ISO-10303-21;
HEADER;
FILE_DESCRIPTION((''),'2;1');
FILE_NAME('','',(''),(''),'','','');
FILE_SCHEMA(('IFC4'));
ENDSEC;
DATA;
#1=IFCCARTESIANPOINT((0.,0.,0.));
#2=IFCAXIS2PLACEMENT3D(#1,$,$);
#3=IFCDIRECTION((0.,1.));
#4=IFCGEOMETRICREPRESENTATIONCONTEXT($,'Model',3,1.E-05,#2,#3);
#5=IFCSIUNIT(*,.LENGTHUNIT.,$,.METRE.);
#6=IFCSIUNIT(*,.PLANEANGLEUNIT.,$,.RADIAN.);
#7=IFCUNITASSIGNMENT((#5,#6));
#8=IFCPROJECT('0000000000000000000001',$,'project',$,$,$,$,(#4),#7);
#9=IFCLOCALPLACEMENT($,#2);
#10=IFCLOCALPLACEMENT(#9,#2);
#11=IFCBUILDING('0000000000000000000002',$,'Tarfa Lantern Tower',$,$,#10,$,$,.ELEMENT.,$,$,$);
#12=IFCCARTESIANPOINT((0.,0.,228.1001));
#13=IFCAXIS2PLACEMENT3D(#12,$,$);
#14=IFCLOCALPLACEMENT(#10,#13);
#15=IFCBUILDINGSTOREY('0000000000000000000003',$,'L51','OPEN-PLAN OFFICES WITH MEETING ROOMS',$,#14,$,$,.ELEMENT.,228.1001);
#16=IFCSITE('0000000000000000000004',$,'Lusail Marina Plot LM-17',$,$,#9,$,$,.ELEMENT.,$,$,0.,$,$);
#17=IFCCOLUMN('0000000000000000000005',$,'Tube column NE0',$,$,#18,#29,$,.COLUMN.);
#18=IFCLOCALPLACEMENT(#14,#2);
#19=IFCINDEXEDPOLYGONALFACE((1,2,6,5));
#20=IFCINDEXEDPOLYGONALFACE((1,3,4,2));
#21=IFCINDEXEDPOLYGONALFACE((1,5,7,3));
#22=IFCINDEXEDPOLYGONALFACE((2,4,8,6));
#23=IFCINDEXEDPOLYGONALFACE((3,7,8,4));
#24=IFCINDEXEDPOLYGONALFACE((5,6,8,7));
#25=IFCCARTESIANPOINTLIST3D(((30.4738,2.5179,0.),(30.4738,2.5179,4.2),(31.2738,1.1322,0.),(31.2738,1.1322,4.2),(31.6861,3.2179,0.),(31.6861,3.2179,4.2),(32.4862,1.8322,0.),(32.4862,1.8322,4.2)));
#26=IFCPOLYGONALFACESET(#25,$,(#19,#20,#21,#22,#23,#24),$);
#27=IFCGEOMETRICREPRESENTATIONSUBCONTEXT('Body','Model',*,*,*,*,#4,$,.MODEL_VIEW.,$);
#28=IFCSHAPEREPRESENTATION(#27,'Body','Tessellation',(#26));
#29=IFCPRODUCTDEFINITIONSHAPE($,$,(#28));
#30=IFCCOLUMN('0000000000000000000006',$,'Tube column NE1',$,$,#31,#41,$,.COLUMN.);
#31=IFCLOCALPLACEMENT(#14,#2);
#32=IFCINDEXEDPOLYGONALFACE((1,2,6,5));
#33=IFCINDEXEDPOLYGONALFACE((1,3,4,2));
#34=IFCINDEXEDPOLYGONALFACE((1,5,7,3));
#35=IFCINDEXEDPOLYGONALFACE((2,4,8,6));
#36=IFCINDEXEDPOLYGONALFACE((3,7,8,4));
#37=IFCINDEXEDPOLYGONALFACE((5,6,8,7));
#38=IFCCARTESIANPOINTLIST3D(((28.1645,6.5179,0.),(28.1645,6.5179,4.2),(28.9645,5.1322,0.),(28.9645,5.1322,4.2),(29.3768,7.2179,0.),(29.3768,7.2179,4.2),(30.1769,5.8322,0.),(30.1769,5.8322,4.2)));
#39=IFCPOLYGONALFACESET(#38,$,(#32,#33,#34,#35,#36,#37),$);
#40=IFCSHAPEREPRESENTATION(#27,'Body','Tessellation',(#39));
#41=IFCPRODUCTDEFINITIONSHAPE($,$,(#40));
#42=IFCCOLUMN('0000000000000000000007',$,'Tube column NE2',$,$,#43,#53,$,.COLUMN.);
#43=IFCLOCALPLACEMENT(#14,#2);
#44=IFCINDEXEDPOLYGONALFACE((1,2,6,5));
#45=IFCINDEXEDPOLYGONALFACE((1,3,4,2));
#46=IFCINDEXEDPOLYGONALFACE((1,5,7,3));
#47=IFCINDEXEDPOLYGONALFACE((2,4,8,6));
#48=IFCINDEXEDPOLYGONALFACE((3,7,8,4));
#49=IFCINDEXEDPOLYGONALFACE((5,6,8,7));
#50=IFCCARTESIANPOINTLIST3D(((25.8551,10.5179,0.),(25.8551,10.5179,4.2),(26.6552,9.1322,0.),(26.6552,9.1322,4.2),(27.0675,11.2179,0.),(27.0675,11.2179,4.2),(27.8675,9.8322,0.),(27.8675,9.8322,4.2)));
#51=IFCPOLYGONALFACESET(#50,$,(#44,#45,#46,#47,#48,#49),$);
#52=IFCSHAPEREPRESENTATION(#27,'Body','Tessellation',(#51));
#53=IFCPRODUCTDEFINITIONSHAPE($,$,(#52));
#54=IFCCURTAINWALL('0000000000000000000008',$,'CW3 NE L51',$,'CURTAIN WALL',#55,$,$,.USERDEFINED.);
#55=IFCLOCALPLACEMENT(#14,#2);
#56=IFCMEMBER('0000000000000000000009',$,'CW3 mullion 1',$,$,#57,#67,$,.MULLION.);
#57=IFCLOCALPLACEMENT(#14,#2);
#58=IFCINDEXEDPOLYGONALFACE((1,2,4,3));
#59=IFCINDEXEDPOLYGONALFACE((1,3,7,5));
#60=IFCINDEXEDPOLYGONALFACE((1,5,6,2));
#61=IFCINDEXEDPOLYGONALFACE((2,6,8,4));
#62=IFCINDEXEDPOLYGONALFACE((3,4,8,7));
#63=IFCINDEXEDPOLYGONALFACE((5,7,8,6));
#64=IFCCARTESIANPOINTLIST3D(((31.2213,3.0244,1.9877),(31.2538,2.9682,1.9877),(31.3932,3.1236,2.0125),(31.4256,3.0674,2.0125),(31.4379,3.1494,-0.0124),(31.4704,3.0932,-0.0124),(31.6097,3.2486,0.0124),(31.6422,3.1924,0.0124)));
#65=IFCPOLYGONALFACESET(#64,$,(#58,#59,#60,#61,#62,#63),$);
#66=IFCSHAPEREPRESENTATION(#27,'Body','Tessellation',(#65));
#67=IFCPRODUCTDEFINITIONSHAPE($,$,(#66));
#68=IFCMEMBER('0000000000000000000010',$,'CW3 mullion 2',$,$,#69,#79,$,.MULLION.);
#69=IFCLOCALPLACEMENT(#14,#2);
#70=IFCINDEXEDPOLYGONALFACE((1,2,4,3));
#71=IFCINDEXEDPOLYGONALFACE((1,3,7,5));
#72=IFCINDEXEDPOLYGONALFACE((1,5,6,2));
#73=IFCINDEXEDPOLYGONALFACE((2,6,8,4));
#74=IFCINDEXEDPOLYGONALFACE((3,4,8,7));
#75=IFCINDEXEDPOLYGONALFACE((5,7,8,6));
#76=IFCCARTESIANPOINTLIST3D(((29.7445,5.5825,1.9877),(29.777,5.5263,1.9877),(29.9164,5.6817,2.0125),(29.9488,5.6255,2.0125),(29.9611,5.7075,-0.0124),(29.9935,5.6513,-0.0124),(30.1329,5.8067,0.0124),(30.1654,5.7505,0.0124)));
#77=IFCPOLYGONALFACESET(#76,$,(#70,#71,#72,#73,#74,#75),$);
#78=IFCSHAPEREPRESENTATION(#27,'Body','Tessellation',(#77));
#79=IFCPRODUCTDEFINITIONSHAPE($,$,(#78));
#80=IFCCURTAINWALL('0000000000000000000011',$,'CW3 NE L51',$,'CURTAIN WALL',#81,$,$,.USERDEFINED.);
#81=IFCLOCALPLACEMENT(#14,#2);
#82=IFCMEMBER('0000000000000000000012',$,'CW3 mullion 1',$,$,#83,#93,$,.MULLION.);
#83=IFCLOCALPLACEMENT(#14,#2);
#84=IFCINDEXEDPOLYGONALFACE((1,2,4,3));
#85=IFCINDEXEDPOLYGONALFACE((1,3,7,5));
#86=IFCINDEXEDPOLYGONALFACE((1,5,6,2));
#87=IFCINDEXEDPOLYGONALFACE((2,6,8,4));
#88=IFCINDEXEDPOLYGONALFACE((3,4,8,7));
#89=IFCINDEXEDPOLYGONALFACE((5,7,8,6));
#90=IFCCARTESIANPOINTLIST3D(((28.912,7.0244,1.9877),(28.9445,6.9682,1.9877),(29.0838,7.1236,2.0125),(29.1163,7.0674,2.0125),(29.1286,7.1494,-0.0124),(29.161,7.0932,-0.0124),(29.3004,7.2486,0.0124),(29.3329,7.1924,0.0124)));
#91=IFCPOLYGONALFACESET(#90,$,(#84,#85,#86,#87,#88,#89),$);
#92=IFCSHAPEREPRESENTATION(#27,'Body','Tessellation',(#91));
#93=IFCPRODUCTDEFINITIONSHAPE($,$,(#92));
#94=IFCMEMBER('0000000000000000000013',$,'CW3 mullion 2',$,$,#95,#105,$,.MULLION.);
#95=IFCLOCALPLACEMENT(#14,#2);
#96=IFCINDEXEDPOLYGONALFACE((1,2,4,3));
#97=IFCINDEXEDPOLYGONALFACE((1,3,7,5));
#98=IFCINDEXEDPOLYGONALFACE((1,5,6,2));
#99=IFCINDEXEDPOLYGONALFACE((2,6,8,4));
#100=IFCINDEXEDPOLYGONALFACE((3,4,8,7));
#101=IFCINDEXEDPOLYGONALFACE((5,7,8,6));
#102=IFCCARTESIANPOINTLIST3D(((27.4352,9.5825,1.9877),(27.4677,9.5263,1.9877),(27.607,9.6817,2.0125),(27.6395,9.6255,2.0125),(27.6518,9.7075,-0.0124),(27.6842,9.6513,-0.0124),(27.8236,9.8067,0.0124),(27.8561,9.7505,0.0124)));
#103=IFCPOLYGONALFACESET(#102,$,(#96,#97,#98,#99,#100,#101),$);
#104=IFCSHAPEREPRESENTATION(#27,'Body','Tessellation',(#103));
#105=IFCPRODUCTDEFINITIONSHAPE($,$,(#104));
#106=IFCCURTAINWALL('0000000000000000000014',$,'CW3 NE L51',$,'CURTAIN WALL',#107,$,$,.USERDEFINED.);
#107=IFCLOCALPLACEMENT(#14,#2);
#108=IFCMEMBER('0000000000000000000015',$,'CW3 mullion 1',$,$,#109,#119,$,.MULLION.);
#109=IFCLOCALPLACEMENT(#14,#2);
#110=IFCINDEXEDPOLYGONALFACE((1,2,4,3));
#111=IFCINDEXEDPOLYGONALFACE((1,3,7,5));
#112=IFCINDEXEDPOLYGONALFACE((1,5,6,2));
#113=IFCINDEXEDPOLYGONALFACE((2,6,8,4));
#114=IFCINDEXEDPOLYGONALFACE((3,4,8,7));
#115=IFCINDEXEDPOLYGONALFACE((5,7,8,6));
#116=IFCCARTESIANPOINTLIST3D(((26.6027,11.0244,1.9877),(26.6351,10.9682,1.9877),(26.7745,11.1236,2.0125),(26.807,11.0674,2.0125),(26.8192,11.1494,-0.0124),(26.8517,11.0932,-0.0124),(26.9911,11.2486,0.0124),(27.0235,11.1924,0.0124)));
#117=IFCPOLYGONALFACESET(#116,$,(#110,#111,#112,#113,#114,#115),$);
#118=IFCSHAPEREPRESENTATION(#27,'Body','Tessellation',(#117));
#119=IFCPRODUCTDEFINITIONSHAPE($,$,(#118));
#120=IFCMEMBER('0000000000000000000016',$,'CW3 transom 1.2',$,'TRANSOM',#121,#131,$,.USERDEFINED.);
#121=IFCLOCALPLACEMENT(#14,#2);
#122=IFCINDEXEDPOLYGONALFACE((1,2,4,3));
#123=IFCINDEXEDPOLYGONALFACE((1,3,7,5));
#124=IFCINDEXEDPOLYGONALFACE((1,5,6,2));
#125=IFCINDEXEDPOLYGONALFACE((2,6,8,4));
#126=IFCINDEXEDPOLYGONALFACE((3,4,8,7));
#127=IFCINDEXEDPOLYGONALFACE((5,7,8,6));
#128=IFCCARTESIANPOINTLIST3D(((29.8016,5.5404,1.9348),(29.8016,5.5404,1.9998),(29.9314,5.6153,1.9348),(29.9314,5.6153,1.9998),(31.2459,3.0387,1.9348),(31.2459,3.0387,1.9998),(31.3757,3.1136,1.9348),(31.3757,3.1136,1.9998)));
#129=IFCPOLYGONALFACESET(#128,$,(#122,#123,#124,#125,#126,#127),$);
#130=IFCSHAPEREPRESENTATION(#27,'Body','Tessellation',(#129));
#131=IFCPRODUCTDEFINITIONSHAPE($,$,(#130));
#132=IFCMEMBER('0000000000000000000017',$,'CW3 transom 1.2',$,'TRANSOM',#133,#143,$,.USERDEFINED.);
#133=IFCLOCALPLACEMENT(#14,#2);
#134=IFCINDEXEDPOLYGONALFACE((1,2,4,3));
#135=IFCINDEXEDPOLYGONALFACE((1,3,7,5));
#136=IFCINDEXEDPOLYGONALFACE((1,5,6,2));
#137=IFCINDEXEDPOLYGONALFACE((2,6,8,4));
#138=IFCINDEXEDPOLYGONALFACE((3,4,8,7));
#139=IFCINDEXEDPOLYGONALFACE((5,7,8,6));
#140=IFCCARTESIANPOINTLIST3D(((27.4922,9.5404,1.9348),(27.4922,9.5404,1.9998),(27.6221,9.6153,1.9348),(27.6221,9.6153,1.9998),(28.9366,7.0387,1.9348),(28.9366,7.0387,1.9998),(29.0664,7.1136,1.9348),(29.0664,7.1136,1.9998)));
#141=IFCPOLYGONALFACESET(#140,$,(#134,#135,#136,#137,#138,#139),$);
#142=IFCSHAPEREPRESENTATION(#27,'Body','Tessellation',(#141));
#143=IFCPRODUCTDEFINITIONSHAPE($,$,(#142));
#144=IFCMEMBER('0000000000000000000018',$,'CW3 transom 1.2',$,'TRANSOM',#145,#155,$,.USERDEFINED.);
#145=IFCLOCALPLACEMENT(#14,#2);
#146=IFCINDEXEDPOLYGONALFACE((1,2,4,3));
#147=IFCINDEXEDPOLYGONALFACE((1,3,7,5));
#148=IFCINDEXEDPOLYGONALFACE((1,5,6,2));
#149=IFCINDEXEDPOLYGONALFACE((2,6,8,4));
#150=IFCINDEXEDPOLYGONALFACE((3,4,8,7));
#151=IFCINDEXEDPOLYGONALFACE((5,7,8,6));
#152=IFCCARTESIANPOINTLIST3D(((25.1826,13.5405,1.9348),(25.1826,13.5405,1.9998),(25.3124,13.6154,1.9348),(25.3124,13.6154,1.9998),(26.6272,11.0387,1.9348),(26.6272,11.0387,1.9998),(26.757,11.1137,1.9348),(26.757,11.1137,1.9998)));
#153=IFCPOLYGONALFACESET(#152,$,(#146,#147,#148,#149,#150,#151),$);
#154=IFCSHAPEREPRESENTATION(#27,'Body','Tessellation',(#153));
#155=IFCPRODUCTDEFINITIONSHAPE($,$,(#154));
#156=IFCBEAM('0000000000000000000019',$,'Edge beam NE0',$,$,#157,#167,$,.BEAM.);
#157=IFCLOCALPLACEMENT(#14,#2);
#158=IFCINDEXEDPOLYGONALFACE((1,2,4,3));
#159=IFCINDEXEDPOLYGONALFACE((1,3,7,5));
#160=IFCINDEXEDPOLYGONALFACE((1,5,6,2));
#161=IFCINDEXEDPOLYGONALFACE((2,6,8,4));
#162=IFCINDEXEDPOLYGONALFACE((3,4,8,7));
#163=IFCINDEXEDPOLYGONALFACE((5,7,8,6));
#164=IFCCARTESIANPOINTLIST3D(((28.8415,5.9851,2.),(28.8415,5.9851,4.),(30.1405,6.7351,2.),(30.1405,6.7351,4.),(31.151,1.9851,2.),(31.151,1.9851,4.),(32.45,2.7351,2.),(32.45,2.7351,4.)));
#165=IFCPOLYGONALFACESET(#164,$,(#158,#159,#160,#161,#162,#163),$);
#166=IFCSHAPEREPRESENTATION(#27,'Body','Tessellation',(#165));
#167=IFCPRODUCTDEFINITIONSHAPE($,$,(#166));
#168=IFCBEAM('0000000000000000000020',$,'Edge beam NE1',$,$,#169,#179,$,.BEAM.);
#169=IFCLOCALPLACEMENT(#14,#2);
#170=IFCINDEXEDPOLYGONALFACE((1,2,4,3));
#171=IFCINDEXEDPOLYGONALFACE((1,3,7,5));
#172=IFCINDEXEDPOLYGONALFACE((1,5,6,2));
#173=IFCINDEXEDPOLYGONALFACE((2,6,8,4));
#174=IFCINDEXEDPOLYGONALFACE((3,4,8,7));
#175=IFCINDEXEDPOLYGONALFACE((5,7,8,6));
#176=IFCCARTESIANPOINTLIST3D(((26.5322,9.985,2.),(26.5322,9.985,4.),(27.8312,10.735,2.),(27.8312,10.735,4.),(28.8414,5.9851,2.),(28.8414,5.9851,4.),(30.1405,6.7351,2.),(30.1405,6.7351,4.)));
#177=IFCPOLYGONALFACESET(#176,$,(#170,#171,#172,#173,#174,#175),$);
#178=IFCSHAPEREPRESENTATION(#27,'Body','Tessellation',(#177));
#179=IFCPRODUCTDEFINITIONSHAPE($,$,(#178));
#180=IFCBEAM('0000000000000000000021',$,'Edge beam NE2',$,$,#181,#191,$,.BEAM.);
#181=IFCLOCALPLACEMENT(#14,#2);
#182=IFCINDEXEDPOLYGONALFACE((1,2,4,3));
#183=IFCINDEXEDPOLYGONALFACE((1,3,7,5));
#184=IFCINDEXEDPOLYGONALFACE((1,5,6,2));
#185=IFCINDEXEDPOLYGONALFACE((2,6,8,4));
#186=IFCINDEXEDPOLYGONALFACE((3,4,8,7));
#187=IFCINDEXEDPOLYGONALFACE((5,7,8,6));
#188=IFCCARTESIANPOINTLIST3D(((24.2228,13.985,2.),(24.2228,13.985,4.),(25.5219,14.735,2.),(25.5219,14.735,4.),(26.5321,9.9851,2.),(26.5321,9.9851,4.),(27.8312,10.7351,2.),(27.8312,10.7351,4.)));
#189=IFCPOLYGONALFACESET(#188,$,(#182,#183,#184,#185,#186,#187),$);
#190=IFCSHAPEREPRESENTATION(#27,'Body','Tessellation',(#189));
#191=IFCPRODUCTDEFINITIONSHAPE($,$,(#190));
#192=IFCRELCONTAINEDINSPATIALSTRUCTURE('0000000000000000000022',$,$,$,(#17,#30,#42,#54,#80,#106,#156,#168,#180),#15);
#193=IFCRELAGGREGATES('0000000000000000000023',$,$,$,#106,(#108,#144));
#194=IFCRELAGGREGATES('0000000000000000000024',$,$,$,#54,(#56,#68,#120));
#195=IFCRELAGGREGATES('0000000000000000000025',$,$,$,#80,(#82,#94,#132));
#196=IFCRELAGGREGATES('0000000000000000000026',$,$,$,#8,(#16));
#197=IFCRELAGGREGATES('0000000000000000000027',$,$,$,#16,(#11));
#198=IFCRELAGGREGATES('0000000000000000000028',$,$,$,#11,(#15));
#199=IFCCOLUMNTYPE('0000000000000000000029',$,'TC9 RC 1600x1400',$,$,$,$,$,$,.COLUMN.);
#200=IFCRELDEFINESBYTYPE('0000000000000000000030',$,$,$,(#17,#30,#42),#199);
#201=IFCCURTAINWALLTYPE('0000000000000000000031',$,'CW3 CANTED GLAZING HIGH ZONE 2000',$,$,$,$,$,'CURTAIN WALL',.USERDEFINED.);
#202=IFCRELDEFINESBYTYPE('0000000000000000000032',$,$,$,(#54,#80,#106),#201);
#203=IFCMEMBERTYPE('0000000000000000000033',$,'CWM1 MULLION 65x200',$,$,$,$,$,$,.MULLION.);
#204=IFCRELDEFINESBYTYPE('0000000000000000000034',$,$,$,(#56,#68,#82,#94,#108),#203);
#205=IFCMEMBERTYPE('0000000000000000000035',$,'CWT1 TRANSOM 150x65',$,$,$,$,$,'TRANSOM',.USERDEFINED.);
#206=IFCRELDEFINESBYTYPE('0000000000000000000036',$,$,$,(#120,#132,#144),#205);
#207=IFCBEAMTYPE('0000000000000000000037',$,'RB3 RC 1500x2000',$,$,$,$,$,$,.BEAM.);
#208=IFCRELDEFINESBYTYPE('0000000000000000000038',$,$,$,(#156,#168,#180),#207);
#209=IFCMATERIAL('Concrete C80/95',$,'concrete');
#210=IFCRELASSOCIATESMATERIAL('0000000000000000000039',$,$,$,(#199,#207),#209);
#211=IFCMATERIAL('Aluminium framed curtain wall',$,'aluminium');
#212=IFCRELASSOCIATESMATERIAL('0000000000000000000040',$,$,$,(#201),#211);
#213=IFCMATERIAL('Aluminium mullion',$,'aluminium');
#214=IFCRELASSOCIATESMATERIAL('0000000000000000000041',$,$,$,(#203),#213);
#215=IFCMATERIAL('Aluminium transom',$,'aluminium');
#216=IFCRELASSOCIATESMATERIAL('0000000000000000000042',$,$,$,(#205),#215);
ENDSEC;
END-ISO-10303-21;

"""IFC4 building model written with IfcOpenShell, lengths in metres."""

from ifc_helpers import new_model, si_unit, direction, frame, origin, origin_2d, place, context, subcontext, project, spatial, rectangle, extrude, material, material_profile, profile_set, type_object, element, aggregate, save


model = new_model("IFC4")

# Units and contexts
model_context = context("Model", 3, precision=1e-05, world=origin(), true_north=direction((0.0, 1.0)))
body_context = subcontext(model_context, "Body", "Model", "MODEL_VIEW")
ifc_project = project(units=[si_unit("LENGTHUNIT", "METRE"), si_unit("PLANEANGLEUNIT", "RADIAN")], contexts=[model_context])

# Site, building, storey
site_placement = place(None, origin())
site = spatial("IfcSite", under=ifc_project, at=site_placement, Name="Lusail Marina Plot LM-17", CompositionType="ELEMENT", RefElevation=0.0)
building_placement = place(site_placement, origin())
building = spatial("IfcBuilding", under=site, at=building_placement, Name="Tarfa Lantern Tower", CompositionType="ELEMENT")
storey_placement = place(building_placement, frame((0.0, 0.0, 228.1001)))
storey = spatial("IfcBuildingStorey", under=building, at=storey_placement, Name="L51", Description="OPEN-PLAN OFFICES WITH MEETING ROOMS", CompositionType="ELEMENT", Elevation=228.1001)

# Columns
ifc_material_1 = material(Name="Concrete C80/95", Category="concrete")
ifc_material_profile_1 = material_profile(ifc_material_1, rectangle(XDim=1.6001, YDim=1.3999, at=origin_2d()), Name="RC 1600x1400")
ifc_profile_set_1 = profile_set([ifc_material_profile_1], Name="Concrete C80/95")
column_type = type_object("IfcColumnType", Name="TC9 RC 1600x1400", PredefinedType="COLUMN", material=ifc_profile_set_1)
for number, where, z_axis, x_axis, name in (
    (1, (31.48, 2.175, 0.0), (0.0, 0.0, 1.0), (-0.5, 0.866025, 0.0), "Tube column NE0"),
    (2, (29.1707, 6.175, 0.0), (0.0, 0.0, 1.0), (-0.5, 0.866025, 0.0), "Tube column NE1"),
    (3, (26.8613, 10.175, 0.0), (0.0, 0.0, 1.0), (-0.5, 0.866025, 0.0), "Tube column NE2"),
):
    element("IfcColumn", number, at=place(storey_placement, frame(where, z_axis=z_axis, x_axis=x_axis)), inside=storey, type_object=column_type, Name=name, PredefinedType="COLUMN", context=body_context, shape_type="SweptSolid", body=[
        extrude(rectangle(XDim=1.6001, YDim=1.3999, at=origin_2d()), origin(), (0.0, 0.0, 1.0), 4.2),
    ])

# Curtain walls, members
ifc_material_2 = material(Name="Aluminium framed curtain wall", Category="aluminium")
curtain_wall_type = type_object("IfcCurtainWallType", Name="CW3 CANTED GLAZING HIGH ZONE 2000", ElementType="CURTAIN WALL", PredefinedType="USERDEFINED", material=ifc_material_2)
curtain_wall_1_placement = place(storey_placement, origin())
curtain_wall_1 = element("IfcCurtainWall", 4, at=curtain_wall_1_placement, inside=storey, type_object=curtain_wall_type, Name="CW3 NE L51", ObjectType="CURTAIN WALL", PredefinedType="USERDEFINED")
ifc_material_3 = material(Name="Aluminium mullion", Category="aluminium")
ifc_material_profile_2 = material_profile(ifc_material_3, rectangle(XDim=0.0649, YDim=0.2, at=origin_2d()), Name="AL MULLION 65x200")
ifc_profile_set_2 = profile_set([ifc_material_profile_2], Name="Aluminium mullion")
member_type_1 = type_object("IfcMemberType", Name="CWM1 MULLION 65x200", PredefinedType="MULLION", material=ifc_profile_set_2)
member_1_placement = place(storey_placement, frame((31.54, 3.1709, 0.0), z_axis=(-0.10744, -0.062017, 0.992275), x_axis=(0.49992, -0.866072, 0.0)))
member_1 = element("IfcMember", 5, at=member_1_placement, type_object=member_type_1, Name="CW3 mullion 1", PredefinedType="MULLION", context=body_context, shape_type="SweptSolid", body=[
    extrude(rectangle(XDim=0.0649, YDim=0.2, at=origin_2d()), origin(), (0.0, 0.0, 1.0), 2.0156),
])
member_2_placement = place(storey_placement, frame((30.0632, 5.729, 0.0), z_axis=(-0.10744, -0.062017, 0.992275), x_axis=(0.49992, -0.866072, 0.0)))
member_2 = element("IfcMember", 6, at=member_2_placement, type_object=member_type_1, Name="CW3 mullion 2", PredefinedType="MULLION", context=body_context, shape_type="SweptSolid", body=[
    extrude(rectangle(XDim=0.0649, YDim=0.2, at=origin_2d()), origin(), (0.0, 0.0, 1.0), 2.0156),
])
curtain_wall_2_placement = place(storey_placement, origin())
curtain_wall_2 = element("IfcCurtainWall", 7, at=curtain_wall_2_placement, inside=storey, type_object=curtain_wall_type, Name="CW3 NE L51", ObjectType="CURTAIN WALL", PredefinedType="USERDEFINED")
member_3_placement = place(storey_placement, frame((29.2307, 7.1709, 0.0), z_axis=(-0.10744, -0.062017, 0.992275), x_axis=(0.49992, -0.866072, 0.0)))
member_3 = element("IfcMember", 8, at=member_3_placement, type_object=member_type_1, Name="CW3 mullion 1", PredefinedType="MULLION", context=body_context, shape_type="SweptSolid", body=[
    extrude(rectangle(XDim=0.0649, YDim=0.2, at=origin_2d()), origin(), (0.0, 0.0, 1.0), 2.0156),
])
member_4_placement = place(storey_placement, frame((27.7539, 9.729, 0.0), z_axis=(-0.10744, -0.062017, 0.992275), x_axis=(0.49992, -0.866072, 0.0)))
member_4 = element("IfcMember", 9, at=member_4_placement, type_object=member_type_1, Name="CW3 mullion 2", PredefinedType="MULLION", context=body_context, shape_type="SweptSolid", body=[
    extrude(rectangle(XDim=0.0649, YDim=0.2, at=origin_2d()), origin(), (0.0, 0.0, 1.0), 2.0156),
])

# Curtain wall, member
curtain_wall_3_placement = place(storey_placement, origin())
curtain_wall_3 = element("IfcCurtainWall", 10, at=curtain_wall_3_placement, inside=storey, type_object=curtain_wall_type, Name="CW3 NE L51", ObjectType="CURTAIN WALL", PredefinedType="USERDEFINED")
member_5_placement = place(storey_placement, frame((26.9214, 11.1709, 0.0), z_axis=(-0.10744, -0.062017, 0.992275), x_axis=(0.49992, -0.866072, 0.0)))
member_5 = element("IfcMember", 11, at=member_5_placement, type_object=member_type_1, Name="CW3 mullion 1", PredefinedType="MULLION", context=body_context, shape_type="SweptSolid", body=[
    extrude(rectangle(XDim=0.0649, YDim=0.2, at=origin_2d()), origin(), (0.0, 0.0, 1.0), 2.0156),
])

# Members
ifc_material_4 = material(Name="Aluminium transom", Category="aluminium")
ifc_material_profile_3 = material_profile(ifc_material_4, rectangle(XDim=0.1499, YDim=0.0649, at=origin_2d()), Name="AL TRANSOM 150x65")
ifc_profile_set_3 = profile_set([ifc_material_profile_3], Name="Aluminium transom")
member_type_2 = type_object("IfcMemberType", Name="CWT1 TRANSOM 150x65", ElementType="TRANSOM", PredefinedType="USERDEFINED", material=ifc_profile_set_3)
member_6_placement = place(storey_placement, frame((31.3108, 3.0762, 1.9673), z_axis=(-0.499993, 0.866029, 0.0), x_axis=(-0.866029, -0.499993, 0.0)))
member_6 = element("IfcMember", 12, at=member_6_placement, type_object=member_type_2, Name="CW3 transom 1.2", ObjectType="TRANSOM", PredefinedType="USERDEFINED", context=body_context, shape_type="SweptSolid", body=[
    extrude(rectangle(XDim=0.1499, YDim=0.0649, at=origin_2d()), origin(), (0.0, 0.0, 1.0), 2.8887),
])
member_7_placement = place(storey_placement, frame((29.0015, 7.0762, 1.9673), z_axis=(-0.499993, 0.866029, 0.0), x_axis=(-0.866029, -0.499993, 0.0)))
member_7 = element("IfcMember", 13, at=member_7_placement, type_object=member_type_2, Name="CW3 transom 1.2", ObjectType="TRANSOM", PredefinedType="USERDEFINED", context=body_context, shape_type="SweptSolid", body=[
    extrude(rectangle(XDim=0.1499, YDim=0.0649, at=origin_2d()), origin(), (0.0, 0.0, 1.0), 2.8887),
])
member_8_placement = place(storey_placement, frame((26.6921, 11.0762, 1.9673), z_axis=(-0.500057, 0.865993, 0.0), x_axis=(-0.865993, -0.500057, 0.0)))
member_8 = element("IfcMember", 14, at=member_8_placement, type_object=member_type_2, Name="CW3 transom 1.2", ObjectType="TRANSOM", PredefinedType="USERDEFINED", context=body_context, shape_type="SweptSolid", body=[
    extrude(rectangle(XDim=0.1499, YDim=0.0649, at=origin_2d()), origin(), (0.0, 0.0, 1.0), 2.8889),
])
aggregate(curtain_wall_3, [member_5, member_8])

# Beams
ifc_material_profile_4 = material_profile(ifc_material_1, rectangle(XDim=1.5, YDim=2.0, at=origin_2d()), Name="RC 1500x2000")
ifc_profile_set_4 = profile_set([ifc_material_profile_4], Name="Concrete C80/95")
beam_type_1 = type_object("IfcBeamType", Name="RB3 RC 1500x2000", PredefinedType="BEAM", material=ifc_profile_set_4)
beam_1_placement = place(storey_placement, frame((31.8005, 2.3601, 3.0), z_axis=(-0.500027, 0.86601, 0.0), x_axis=(-0.86601, -0.500027, 0.0)))
element("IfcBeam", 15, at=beam_1_placement, inside=storey, type_object=beam_type_1, Name="Edge beam NE0", PredefinedType="BEAM", context=body_context, shape_type="SweptSolid", body=[
    extrude(rectangle(XDim=1.5, YDim=2.0, at=origin_2d()), origin(), (0.0, 0.0, 1.0), 4.6189),
])
for number, where, z_axis, x_axis, name in (
    (16, (29.491, 6.3601, 3.0), (-0.499988, 0.866032, 0.0), (-0.866032, -0.499988, 0.0), "Edge beam NE1"),
    (17, (27.1816, 10.3601, 3.0), (-0.499988, 0.866032, 0.0), (-0.866032, -0.499988, 0.0), "Edge beam NE2"),
):
    element("IfcBeam", number, at=place(storey_placement, frame(where, z_axis=z_axis, x_axis=x_axis)), inside=storey, type_object=beam_type_1, Name=name, PredefinedType="BEAM", context=body_context, shape_type="SweptSolid", body=[
        extrude(rectangle(XDim=1.5, YDim=2.0, at=origin_2d()), origin(), (0.0, 0.0, 1.0), 4.6187),
    ])

aggregate(curtain_wall_1, [member_1, member_2, member_6])
aggregate(curtain_wall_2, [member_3, member_4, member_7])

save(model, "model.ifc")
